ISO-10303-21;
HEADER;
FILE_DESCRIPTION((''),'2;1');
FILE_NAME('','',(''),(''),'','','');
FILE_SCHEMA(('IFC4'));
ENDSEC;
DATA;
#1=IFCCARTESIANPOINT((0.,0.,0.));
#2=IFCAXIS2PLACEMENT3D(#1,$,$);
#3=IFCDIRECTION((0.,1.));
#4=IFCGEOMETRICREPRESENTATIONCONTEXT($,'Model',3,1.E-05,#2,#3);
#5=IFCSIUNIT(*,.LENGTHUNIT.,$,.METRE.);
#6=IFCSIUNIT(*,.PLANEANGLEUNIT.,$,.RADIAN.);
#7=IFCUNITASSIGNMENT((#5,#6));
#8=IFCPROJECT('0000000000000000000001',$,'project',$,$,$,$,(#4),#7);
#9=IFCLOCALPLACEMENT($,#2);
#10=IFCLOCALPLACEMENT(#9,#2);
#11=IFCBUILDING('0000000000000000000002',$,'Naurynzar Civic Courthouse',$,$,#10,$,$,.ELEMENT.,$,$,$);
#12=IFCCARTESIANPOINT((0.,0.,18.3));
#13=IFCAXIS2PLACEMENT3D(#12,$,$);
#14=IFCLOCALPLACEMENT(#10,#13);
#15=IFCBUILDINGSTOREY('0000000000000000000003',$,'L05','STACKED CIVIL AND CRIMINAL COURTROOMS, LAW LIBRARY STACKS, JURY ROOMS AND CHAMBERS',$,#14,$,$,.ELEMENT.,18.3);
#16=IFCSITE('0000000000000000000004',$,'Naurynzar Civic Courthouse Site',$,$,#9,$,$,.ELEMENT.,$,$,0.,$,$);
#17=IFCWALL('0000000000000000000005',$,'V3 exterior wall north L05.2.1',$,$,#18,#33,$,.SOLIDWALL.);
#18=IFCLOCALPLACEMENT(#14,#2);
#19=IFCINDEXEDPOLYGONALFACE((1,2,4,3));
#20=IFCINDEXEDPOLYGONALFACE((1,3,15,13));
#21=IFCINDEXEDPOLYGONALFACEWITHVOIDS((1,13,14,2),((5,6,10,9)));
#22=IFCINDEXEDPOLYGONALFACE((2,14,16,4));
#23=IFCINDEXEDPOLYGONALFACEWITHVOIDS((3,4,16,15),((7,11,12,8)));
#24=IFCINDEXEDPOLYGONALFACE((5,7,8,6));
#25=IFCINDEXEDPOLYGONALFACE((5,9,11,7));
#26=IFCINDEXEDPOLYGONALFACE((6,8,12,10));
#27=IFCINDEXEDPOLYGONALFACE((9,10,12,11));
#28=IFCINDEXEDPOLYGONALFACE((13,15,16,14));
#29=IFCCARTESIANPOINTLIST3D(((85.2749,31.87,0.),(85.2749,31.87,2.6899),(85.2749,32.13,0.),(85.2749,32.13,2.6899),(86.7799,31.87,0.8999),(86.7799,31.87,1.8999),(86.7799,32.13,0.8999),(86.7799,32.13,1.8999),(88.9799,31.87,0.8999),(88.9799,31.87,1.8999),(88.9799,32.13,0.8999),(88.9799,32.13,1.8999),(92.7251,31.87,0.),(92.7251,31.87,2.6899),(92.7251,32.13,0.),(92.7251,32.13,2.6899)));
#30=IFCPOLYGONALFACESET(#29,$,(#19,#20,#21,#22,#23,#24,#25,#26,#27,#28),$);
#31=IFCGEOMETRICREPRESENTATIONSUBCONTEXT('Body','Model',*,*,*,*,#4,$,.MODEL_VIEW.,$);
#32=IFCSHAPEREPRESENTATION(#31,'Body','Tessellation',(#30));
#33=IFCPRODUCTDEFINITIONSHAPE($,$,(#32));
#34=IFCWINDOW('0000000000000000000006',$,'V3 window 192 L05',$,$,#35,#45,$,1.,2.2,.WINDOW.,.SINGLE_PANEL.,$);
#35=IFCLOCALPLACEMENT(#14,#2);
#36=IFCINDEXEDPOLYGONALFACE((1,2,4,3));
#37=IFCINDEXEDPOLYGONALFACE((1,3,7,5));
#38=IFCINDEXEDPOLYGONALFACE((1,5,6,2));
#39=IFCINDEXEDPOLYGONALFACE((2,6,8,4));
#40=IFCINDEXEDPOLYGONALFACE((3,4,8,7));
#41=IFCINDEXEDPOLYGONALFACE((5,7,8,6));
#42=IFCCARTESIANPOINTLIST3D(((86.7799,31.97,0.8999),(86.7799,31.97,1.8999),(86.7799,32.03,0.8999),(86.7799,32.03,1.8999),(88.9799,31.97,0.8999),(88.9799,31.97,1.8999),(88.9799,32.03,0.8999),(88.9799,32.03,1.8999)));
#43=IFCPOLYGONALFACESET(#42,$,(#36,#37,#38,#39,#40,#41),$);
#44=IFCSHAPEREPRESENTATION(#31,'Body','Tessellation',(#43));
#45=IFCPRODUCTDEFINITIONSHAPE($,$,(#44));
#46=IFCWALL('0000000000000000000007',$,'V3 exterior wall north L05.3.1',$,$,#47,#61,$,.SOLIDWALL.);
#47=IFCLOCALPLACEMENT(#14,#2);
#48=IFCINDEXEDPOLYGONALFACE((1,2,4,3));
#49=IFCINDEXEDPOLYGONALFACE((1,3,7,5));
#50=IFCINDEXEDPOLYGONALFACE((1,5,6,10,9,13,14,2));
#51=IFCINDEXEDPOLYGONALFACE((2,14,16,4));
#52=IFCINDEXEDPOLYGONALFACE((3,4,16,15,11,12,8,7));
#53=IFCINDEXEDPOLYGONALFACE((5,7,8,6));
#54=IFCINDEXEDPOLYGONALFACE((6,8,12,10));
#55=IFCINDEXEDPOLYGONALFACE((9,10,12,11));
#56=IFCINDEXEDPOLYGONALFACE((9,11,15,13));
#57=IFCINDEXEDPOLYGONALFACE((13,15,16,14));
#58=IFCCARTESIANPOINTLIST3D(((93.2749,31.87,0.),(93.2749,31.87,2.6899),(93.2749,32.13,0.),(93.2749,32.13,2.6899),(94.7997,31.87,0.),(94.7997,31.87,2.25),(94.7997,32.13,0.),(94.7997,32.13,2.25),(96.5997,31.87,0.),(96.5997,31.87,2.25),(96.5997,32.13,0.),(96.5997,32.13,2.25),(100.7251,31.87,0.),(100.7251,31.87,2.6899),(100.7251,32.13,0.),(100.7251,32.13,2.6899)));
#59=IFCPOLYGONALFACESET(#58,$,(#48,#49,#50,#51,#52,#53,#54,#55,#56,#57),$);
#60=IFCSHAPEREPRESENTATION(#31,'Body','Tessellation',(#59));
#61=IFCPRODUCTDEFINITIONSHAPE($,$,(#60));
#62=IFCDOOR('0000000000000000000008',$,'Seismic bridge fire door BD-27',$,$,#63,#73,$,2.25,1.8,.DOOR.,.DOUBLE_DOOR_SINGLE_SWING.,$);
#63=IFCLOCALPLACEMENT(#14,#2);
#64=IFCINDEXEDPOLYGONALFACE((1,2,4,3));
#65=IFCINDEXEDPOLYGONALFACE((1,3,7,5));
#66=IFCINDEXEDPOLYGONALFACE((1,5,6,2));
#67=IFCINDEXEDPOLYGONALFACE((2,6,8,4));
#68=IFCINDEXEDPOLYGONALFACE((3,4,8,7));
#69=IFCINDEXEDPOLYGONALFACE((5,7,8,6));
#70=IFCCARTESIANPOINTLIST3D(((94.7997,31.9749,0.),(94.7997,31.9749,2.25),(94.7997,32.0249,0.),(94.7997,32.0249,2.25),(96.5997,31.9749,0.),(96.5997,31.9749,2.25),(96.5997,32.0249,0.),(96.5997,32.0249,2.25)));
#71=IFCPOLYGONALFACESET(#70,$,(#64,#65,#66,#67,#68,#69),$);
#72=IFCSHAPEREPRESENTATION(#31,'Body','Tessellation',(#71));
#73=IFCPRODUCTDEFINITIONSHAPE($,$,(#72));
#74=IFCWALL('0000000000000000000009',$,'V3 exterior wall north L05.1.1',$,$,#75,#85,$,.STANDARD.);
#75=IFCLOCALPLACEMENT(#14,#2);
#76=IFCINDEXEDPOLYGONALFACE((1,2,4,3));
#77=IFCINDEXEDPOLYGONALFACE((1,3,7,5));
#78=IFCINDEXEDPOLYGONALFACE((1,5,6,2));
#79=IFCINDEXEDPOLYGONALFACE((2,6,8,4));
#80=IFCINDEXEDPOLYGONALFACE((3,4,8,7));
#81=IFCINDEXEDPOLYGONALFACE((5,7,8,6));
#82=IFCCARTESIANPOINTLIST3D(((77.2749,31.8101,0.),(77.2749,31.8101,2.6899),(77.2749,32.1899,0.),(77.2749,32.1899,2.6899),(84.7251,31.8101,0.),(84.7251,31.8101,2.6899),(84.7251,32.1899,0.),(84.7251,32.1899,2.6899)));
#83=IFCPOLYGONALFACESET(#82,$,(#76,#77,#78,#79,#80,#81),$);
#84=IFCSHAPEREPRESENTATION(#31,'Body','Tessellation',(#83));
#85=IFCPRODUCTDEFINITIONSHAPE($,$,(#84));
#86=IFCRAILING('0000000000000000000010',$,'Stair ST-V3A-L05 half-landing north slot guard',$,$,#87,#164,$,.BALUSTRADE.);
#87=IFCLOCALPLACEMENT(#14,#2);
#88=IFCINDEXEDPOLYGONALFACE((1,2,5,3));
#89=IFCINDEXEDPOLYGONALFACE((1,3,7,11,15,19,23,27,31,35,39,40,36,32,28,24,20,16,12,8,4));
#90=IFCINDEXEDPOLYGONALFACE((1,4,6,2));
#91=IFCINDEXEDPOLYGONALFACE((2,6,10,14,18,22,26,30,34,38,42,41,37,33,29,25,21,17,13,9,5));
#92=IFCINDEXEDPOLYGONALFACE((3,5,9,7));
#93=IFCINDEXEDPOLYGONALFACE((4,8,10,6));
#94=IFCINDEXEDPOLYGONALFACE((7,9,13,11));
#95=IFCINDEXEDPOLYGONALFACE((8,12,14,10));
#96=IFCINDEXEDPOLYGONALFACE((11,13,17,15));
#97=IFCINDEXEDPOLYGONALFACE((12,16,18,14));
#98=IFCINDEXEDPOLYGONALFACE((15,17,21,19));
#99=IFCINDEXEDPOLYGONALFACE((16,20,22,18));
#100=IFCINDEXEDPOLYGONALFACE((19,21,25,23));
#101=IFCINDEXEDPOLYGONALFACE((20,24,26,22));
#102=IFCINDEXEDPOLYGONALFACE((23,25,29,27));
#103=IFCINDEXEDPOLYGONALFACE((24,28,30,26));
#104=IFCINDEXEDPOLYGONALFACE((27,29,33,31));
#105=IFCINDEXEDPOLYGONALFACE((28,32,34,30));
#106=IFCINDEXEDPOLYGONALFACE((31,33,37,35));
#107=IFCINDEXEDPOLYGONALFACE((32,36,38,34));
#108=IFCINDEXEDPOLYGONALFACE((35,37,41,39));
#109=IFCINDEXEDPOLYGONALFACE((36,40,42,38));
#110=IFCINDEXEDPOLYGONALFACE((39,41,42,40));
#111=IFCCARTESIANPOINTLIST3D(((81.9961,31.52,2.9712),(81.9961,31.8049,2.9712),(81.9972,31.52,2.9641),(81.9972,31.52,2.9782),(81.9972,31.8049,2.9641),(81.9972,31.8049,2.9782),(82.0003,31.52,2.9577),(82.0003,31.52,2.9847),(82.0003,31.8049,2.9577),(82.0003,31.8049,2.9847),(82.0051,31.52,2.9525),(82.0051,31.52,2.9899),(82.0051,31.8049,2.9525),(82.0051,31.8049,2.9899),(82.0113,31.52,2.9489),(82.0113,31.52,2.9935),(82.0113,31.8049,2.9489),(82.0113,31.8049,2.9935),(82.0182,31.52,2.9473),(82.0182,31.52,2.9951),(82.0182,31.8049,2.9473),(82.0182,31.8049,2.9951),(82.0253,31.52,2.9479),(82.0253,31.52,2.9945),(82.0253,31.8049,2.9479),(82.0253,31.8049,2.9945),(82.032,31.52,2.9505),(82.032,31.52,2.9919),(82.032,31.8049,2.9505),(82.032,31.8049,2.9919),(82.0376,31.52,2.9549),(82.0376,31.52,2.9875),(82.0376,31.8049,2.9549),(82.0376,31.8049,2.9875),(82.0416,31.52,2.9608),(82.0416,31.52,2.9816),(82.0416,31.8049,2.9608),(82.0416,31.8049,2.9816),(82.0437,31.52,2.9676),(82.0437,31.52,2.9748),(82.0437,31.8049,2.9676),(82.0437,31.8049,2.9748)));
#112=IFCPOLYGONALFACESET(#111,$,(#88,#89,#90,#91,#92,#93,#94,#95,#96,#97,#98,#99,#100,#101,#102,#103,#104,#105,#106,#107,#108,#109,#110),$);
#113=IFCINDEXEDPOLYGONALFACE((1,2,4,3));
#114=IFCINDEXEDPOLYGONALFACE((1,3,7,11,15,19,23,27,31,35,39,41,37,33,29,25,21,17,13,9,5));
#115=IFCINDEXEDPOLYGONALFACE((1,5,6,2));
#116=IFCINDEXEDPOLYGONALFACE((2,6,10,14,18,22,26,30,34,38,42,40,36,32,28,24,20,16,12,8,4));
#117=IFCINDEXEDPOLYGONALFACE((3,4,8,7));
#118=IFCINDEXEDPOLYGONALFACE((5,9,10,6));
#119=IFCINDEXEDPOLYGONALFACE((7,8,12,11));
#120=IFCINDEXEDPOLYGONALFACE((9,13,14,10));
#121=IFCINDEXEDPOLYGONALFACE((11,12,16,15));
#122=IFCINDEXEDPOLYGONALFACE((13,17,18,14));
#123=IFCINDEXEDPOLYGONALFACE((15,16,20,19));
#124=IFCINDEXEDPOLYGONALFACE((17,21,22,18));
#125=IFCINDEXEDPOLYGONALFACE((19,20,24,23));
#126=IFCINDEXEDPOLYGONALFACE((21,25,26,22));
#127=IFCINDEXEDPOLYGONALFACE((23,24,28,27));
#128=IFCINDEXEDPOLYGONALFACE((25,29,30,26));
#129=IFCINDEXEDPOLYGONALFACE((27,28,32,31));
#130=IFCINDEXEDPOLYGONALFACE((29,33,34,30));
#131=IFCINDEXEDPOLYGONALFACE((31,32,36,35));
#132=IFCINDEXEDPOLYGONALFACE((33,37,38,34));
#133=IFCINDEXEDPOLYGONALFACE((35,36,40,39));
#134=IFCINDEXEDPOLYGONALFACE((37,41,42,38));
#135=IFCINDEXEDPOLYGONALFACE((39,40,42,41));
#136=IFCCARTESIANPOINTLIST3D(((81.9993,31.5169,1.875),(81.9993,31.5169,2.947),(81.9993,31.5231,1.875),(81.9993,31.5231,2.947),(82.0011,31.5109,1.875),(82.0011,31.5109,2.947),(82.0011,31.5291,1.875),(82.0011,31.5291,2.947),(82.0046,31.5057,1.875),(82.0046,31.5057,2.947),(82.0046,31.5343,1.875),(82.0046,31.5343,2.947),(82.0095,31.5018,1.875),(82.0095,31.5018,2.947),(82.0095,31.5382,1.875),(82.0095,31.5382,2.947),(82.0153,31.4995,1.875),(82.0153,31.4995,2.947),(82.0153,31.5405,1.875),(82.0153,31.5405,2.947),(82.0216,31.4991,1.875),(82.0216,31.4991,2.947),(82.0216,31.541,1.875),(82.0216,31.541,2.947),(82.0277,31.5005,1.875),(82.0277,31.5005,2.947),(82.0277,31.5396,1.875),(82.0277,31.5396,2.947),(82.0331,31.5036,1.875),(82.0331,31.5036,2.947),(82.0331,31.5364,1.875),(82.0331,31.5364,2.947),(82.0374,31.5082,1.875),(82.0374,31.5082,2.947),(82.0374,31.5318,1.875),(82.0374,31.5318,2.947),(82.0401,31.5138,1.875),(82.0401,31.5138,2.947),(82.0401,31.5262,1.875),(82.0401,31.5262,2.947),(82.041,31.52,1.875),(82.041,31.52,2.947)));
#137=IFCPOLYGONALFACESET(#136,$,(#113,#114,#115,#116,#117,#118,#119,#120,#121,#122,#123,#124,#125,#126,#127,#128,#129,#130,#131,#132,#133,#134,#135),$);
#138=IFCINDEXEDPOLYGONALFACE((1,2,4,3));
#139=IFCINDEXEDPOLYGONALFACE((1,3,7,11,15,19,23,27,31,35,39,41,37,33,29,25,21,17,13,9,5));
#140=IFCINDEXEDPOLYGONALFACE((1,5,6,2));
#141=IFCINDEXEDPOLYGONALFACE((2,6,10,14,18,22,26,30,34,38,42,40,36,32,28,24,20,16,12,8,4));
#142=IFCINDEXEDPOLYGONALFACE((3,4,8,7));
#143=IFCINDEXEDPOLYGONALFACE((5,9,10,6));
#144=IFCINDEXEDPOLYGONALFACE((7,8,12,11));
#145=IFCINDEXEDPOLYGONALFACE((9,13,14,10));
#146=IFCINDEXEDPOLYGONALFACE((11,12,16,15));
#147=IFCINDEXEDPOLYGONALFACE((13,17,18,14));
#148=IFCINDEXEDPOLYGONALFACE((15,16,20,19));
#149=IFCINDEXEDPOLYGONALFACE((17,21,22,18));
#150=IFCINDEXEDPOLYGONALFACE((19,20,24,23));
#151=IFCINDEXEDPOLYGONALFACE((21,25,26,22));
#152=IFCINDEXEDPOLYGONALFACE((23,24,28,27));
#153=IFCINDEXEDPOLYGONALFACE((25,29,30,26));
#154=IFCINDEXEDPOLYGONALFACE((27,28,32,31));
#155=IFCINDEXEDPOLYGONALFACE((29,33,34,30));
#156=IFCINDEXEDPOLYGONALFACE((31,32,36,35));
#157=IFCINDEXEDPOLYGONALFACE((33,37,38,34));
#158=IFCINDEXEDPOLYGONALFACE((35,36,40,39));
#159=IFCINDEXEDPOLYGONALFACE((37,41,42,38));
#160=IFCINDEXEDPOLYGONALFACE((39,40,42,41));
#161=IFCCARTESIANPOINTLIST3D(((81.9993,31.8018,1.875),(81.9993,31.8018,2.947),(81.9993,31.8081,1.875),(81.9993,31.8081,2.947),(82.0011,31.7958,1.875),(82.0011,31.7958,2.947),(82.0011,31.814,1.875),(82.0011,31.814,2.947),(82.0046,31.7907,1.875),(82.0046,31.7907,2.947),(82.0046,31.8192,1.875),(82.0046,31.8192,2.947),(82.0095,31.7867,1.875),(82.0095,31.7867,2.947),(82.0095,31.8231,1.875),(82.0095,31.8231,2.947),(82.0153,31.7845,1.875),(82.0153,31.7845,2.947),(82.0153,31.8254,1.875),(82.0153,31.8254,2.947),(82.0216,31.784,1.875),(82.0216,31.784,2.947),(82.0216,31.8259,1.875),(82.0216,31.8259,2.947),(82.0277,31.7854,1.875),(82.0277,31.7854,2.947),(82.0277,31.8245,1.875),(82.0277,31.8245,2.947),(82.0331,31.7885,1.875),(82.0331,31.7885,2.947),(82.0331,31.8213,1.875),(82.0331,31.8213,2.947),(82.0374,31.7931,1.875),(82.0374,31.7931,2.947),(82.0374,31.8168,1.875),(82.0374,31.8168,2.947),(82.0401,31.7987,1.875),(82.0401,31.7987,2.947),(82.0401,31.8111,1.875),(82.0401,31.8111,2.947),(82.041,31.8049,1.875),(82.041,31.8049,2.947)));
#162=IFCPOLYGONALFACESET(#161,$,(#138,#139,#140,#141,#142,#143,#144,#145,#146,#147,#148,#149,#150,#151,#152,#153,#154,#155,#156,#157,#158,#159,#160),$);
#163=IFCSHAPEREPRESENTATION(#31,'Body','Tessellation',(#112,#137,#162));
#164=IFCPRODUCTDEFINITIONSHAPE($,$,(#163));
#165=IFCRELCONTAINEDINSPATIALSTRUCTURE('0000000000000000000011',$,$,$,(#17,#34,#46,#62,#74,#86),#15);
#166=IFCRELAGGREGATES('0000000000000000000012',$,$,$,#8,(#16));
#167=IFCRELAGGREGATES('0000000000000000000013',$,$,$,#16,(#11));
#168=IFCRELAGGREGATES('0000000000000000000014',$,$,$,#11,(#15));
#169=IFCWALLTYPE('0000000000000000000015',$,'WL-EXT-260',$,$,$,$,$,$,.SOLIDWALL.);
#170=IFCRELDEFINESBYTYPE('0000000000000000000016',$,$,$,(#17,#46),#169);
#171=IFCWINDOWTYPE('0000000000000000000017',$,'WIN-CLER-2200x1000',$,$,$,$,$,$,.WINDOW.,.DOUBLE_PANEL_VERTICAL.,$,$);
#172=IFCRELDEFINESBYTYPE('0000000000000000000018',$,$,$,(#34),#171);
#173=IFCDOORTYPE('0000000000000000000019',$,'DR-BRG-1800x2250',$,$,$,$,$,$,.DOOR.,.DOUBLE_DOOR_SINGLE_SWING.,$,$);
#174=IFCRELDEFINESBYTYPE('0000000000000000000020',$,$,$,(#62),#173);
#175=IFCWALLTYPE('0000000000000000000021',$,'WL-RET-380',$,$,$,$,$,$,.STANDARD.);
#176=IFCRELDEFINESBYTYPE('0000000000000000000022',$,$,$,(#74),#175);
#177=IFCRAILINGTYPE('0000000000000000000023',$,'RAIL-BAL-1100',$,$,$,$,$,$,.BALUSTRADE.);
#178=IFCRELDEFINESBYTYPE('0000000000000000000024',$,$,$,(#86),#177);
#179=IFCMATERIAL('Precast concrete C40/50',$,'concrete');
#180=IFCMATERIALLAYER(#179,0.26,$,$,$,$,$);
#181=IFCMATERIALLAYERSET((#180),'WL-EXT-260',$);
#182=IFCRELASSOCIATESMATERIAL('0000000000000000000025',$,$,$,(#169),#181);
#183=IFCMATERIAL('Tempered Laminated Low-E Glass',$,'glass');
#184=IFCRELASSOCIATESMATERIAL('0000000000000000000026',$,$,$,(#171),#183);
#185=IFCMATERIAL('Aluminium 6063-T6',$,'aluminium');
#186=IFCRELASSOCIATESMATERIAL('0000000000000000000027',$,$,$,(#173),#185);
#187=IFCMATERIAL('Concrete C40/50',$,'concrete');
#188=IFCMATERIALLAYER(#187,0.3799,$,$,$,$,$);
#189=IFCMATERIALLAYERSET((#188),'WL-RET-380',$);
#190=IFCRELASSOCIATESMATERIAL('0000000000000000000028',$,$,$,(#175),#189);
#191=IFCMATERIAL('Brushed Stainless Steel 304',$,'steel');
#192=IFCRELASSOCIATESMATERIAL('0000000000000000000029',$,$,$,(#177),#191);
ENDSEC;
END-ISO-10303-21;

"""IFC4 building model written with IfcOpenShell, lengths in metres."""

from ifc_helpers import new_model, si_unit, direction, frame, frame_2d, origin, origin_2d, place, context, subcontext, project, spatial, rectangle, circle, extrude, material, layer, layer_set, type_object, element, fill, save


model = new_model("IFC4")

# Units and contexts
model_context = context("Model", 3, precision=1e-05, world=origin(), true_north=direction((0.0, 1.0)))
body_context = subcontext(model_context, "Body", "Model", "MODEL_VIEW")
ifc_project = project(units=[si_unit("LENGTHUNIT", "METRE"), si_unit("PLANEANGLEUNIT", "RADIAN")], contexts=[model_context])

# Site, building, storey
site_placement = place(None, origin())
site = spatial("IfcSite", under=ifc_project, at=site_placement, Name="Naurynzar Civic Courthouse Site", CompositionType="ELEMENT", RefElevation=0.0)
building_placement = place(site_placement, origin())
building = spatial("IfcBuilding", under=site, at=building_placement, Name="Naurynzar Civic Courthouse", CompositionType="ELEMENT")
storey_placement = place(building_placement, frame((0.0, 0.0, 18.3)))
storey = spatial("IfcBuildingStorey", under=building, at=storey_placement, Name="L05", Description="STACKED CIVIL AND CRIMINAL COURTROOMS, LAW LIBRARY STACKS, JURY ROOMS AND CHAMBERS", CompositionType="ELEMENT", Elevation=18.3)

# Wall, opening, window
ifc_material_1 = material(Name="Precast concrete C40/50", Category="concrete")
ifc_layer_1 = layer(ifc_material_1, 0.26)
ifc_layer_set_1 = layer_set([ifc_layer_1], Name="WL-EXT-260")
wall_type_1 = type_object("IfcWallType", Name="WL-EXT-260", PredefinedType="SOLIDWALL", material=ifc_layer_set_1)
wall_1_placement = place(storey_placement, frame((85.2749, 32.0, 0.0), z_axis=(0.0, 0.0, 1.0), x_axis=(1.0, 0.0, 0.0)))
wall_1 = element("IfcWall", 1, at=wall_1_placement, inside=storey, type_object=wall_type_1, Name="V3 exterior wall north L05.2.1", PredefinedType="SOLIDWALL", context=body_context, shape_type="SweptSolid", body=[
    extrude(rectangle(XDim=7.4502, YDim=0.26, at=frame_2d((3.7251, 0.0))), origin(), (0.0, 0.0, 1.0), 2.6899),
])
opening_1_placement = place(wall_1_placement, frame((1.5049, 0.0, 0.8999)))
opening_1 = element("IfcOpeningElement", 2, at=opening_1_placement, cuts=wall_1, PredefinedType="OPENING", context=body_context, shape_type="SweptSolid", body=[
    extrude(rectangle(XDim=2.2, YDim=1.0, at=frame_2d((1.1001, 0.5))), frame((0.0, 0.1399, 0.0), z_axis=(0.0, -1.0, 0.0), x_axis=(1.0, 0.0, 0.0)), (0.0, 0.0, 1.0), 0.28),
])
ifc_material_2 = material(Name="Tempered Laminated Low-E Glass", Category="glass")
window_type = type_object("IfcWindowType", Name="WIN-CLER-2200x1000", PartitioningType="DOUBLE_PANEL_VERTICAL", PredefinedType="WINDOW", material=ifc_material_2)
window_placement = place(opening_1_placement, origin())
window = element("IfcWindow", 3, at=window_placement, inside=storey, type_object=window_type, Name="V3 window 192 L05", OverallHeight=1.0, OverallWidth=2.2, PartitioningType="SINGLE_PANEL", PredefinedType="WINDOW", context=body_context, shape_type="SweptSolid", body=[
    extrude(rectangle(XDim=2.2, YDim=1.0, at=frame_2d((1.1001, 0.5))), frame((0.0, 0.03, 0.0), z_axis=(0.0, -1.0, 0.0), x_axis=(1.0, 0.0, 0.0)), (0.0, 0.0, 1.0), 0.0601),
])
fill(opening_1, window)

# Wall, opening, door
wall_2_placement = place(storey_placement, frame((93.2749, 32.0, 0.0), z_axis=(0.0, 0.0, 1.0), x_axis=(1.0, 0.0, 0.0)))
wall_2 = element("IfcWall", 4, at=wall_2_placement, inside=storey, type_object=wall_type_1, Name="V3 exterior wall north L05.3.1", PredefinedType="SOLIDWALL", context=body_context, shape_type="SweptSolid", body=[
    extrude(rectangle(XDim=7.4502, YDim=0.26, at=frame_2d((3.7251, 0.0))), origin(), (0.0, 0.0, 1.0), 2.6899),
])
opening_2_placement = place(wall_2_placement, frame((1.5249, 0.0, 0.0)))
opening_2 = element("IfcOpeningElement", 5, at=opening_2_placement, cuts=wall_2, PredefinedType="OPENING", context=body_context, shape_type="SweptSolid", body=[
    extrude(rectangle(XDim=1.8, YDim=2.25, at=frame_2d((0.8999, 1.125))), frame((0.0, 0.1399, 0.0), z_axis=(0.0, -1.0, 0.0), x_axis=(1.0, 0.0, 0.0)), (0.0, 0.0, 1.0), 0.28),
])
ifc_material_3 = material(Name="Aluminium 6063-T6", Category="aluminium")
door_type = type_object("IfcDoorType", Name="DR-BRG-1800x2250", OperationType="DOUBLE_DOOR_SINGLE_SWING", PredefinedType="DOOR", material=ifc_material_3)
door_placement = place(opening_2_placement, origin())
door = element("IfcDoor", 6, at=door_placement, inside=storey, type_object=door_type, Name="Seismic bridge fire door BD-27", OperationType="DOUBLE_DOOR_SINGLE_SWING", OverallHeight=2.25, OverallWidth=1.8, PredefinedType="DOOR", context=body_context, shape_type="SweptSolid", body=[
    extrude(rectangle(XDim=1.8, YDim=2.25, at=frame_2d((0.8999, 1.125))), frame((0.0, 0.0249, 0.0), z_axis=(0.0, -1.0, 0.0), x_axis=(1.0, 0.0, 0.0)), (0.0, 0.0, 1.0), 0.05),
])
fill(opening_2, door)

# Wall
ifc_material_4 = material(Name="Concrete C40/50", Category="concrete")
ifc_layer_2 = layer(ifc_material_4, 0.3799)
ifc_layer_set_2 = layer_set([ifc_layer_2], Name="WL-RET-380")
wall_type_2 = type_object("IfcWallType", Name="WL-RET-380", PredefinedType="STANDARD", material=ifc_layer_set_2)
wall_3_placement = place(storey_placement, frame((77.2749, 32.0, 0.0), z_axis=(0.0, 0.0, 1.0), x_axis=(1.0, 0.0, 0.0)))
element("IfcWall", 7, at=wall_3_placement, inside=storey, type_object=wall_type_2, Name="V3 exterior wall north L05.1.1", PredefinedType="STANDARD", context=body_context, shape_type="SweptSolid", body=[
    extrude(rectangle(XDim=7.4502, YDim=0.3799, at=frame_2d((3.7251, 0.0))), origin(), (0.0, 0.0, 1.0), 2.6899),
])

# Railing
ifc_material_5 = material(Name="Brushed Stainless Steel 304", Category="steel")
railing_type = type_object("IfcRailingType", Name="RAIL-BAL-1100", PredefinedType="BALUSTRADE", material=ifc_material_5)
railing_placement = place(storey_placement, frame((82.02, 31.52, 1.875)))
element("IfcRailing", 8, at=railing_placement, inside=storey, type_object=railing_type, Name="Stair ST-V3A-L05 half-landing north slot guard", PredefinedType="BALUSTRADE", context=body_context, shape_type="SweptSolid", body=[
    extrude(circle(Radius=0.0239, at=origin_2d()), frame((0.0, 0.0, 1.0962), z_axis=(0.0, 1.0, 0.0), x_axis=(-1.0, 0.0, 0.0)), (0.0, 0.0, 1.0), 0.2849),
    extrude(circle(Radius=0.021, at=origin_2d()), origin(), (0.0, 0.0, 1.0), 1.072),
    extrude(circle(Radius=0.021, at=origin_2d()), frame((0.0, 0.2849, 0.0)), (0.0, 0.0, 1.0), 1.072),
])

save(model, "model.ifc")
